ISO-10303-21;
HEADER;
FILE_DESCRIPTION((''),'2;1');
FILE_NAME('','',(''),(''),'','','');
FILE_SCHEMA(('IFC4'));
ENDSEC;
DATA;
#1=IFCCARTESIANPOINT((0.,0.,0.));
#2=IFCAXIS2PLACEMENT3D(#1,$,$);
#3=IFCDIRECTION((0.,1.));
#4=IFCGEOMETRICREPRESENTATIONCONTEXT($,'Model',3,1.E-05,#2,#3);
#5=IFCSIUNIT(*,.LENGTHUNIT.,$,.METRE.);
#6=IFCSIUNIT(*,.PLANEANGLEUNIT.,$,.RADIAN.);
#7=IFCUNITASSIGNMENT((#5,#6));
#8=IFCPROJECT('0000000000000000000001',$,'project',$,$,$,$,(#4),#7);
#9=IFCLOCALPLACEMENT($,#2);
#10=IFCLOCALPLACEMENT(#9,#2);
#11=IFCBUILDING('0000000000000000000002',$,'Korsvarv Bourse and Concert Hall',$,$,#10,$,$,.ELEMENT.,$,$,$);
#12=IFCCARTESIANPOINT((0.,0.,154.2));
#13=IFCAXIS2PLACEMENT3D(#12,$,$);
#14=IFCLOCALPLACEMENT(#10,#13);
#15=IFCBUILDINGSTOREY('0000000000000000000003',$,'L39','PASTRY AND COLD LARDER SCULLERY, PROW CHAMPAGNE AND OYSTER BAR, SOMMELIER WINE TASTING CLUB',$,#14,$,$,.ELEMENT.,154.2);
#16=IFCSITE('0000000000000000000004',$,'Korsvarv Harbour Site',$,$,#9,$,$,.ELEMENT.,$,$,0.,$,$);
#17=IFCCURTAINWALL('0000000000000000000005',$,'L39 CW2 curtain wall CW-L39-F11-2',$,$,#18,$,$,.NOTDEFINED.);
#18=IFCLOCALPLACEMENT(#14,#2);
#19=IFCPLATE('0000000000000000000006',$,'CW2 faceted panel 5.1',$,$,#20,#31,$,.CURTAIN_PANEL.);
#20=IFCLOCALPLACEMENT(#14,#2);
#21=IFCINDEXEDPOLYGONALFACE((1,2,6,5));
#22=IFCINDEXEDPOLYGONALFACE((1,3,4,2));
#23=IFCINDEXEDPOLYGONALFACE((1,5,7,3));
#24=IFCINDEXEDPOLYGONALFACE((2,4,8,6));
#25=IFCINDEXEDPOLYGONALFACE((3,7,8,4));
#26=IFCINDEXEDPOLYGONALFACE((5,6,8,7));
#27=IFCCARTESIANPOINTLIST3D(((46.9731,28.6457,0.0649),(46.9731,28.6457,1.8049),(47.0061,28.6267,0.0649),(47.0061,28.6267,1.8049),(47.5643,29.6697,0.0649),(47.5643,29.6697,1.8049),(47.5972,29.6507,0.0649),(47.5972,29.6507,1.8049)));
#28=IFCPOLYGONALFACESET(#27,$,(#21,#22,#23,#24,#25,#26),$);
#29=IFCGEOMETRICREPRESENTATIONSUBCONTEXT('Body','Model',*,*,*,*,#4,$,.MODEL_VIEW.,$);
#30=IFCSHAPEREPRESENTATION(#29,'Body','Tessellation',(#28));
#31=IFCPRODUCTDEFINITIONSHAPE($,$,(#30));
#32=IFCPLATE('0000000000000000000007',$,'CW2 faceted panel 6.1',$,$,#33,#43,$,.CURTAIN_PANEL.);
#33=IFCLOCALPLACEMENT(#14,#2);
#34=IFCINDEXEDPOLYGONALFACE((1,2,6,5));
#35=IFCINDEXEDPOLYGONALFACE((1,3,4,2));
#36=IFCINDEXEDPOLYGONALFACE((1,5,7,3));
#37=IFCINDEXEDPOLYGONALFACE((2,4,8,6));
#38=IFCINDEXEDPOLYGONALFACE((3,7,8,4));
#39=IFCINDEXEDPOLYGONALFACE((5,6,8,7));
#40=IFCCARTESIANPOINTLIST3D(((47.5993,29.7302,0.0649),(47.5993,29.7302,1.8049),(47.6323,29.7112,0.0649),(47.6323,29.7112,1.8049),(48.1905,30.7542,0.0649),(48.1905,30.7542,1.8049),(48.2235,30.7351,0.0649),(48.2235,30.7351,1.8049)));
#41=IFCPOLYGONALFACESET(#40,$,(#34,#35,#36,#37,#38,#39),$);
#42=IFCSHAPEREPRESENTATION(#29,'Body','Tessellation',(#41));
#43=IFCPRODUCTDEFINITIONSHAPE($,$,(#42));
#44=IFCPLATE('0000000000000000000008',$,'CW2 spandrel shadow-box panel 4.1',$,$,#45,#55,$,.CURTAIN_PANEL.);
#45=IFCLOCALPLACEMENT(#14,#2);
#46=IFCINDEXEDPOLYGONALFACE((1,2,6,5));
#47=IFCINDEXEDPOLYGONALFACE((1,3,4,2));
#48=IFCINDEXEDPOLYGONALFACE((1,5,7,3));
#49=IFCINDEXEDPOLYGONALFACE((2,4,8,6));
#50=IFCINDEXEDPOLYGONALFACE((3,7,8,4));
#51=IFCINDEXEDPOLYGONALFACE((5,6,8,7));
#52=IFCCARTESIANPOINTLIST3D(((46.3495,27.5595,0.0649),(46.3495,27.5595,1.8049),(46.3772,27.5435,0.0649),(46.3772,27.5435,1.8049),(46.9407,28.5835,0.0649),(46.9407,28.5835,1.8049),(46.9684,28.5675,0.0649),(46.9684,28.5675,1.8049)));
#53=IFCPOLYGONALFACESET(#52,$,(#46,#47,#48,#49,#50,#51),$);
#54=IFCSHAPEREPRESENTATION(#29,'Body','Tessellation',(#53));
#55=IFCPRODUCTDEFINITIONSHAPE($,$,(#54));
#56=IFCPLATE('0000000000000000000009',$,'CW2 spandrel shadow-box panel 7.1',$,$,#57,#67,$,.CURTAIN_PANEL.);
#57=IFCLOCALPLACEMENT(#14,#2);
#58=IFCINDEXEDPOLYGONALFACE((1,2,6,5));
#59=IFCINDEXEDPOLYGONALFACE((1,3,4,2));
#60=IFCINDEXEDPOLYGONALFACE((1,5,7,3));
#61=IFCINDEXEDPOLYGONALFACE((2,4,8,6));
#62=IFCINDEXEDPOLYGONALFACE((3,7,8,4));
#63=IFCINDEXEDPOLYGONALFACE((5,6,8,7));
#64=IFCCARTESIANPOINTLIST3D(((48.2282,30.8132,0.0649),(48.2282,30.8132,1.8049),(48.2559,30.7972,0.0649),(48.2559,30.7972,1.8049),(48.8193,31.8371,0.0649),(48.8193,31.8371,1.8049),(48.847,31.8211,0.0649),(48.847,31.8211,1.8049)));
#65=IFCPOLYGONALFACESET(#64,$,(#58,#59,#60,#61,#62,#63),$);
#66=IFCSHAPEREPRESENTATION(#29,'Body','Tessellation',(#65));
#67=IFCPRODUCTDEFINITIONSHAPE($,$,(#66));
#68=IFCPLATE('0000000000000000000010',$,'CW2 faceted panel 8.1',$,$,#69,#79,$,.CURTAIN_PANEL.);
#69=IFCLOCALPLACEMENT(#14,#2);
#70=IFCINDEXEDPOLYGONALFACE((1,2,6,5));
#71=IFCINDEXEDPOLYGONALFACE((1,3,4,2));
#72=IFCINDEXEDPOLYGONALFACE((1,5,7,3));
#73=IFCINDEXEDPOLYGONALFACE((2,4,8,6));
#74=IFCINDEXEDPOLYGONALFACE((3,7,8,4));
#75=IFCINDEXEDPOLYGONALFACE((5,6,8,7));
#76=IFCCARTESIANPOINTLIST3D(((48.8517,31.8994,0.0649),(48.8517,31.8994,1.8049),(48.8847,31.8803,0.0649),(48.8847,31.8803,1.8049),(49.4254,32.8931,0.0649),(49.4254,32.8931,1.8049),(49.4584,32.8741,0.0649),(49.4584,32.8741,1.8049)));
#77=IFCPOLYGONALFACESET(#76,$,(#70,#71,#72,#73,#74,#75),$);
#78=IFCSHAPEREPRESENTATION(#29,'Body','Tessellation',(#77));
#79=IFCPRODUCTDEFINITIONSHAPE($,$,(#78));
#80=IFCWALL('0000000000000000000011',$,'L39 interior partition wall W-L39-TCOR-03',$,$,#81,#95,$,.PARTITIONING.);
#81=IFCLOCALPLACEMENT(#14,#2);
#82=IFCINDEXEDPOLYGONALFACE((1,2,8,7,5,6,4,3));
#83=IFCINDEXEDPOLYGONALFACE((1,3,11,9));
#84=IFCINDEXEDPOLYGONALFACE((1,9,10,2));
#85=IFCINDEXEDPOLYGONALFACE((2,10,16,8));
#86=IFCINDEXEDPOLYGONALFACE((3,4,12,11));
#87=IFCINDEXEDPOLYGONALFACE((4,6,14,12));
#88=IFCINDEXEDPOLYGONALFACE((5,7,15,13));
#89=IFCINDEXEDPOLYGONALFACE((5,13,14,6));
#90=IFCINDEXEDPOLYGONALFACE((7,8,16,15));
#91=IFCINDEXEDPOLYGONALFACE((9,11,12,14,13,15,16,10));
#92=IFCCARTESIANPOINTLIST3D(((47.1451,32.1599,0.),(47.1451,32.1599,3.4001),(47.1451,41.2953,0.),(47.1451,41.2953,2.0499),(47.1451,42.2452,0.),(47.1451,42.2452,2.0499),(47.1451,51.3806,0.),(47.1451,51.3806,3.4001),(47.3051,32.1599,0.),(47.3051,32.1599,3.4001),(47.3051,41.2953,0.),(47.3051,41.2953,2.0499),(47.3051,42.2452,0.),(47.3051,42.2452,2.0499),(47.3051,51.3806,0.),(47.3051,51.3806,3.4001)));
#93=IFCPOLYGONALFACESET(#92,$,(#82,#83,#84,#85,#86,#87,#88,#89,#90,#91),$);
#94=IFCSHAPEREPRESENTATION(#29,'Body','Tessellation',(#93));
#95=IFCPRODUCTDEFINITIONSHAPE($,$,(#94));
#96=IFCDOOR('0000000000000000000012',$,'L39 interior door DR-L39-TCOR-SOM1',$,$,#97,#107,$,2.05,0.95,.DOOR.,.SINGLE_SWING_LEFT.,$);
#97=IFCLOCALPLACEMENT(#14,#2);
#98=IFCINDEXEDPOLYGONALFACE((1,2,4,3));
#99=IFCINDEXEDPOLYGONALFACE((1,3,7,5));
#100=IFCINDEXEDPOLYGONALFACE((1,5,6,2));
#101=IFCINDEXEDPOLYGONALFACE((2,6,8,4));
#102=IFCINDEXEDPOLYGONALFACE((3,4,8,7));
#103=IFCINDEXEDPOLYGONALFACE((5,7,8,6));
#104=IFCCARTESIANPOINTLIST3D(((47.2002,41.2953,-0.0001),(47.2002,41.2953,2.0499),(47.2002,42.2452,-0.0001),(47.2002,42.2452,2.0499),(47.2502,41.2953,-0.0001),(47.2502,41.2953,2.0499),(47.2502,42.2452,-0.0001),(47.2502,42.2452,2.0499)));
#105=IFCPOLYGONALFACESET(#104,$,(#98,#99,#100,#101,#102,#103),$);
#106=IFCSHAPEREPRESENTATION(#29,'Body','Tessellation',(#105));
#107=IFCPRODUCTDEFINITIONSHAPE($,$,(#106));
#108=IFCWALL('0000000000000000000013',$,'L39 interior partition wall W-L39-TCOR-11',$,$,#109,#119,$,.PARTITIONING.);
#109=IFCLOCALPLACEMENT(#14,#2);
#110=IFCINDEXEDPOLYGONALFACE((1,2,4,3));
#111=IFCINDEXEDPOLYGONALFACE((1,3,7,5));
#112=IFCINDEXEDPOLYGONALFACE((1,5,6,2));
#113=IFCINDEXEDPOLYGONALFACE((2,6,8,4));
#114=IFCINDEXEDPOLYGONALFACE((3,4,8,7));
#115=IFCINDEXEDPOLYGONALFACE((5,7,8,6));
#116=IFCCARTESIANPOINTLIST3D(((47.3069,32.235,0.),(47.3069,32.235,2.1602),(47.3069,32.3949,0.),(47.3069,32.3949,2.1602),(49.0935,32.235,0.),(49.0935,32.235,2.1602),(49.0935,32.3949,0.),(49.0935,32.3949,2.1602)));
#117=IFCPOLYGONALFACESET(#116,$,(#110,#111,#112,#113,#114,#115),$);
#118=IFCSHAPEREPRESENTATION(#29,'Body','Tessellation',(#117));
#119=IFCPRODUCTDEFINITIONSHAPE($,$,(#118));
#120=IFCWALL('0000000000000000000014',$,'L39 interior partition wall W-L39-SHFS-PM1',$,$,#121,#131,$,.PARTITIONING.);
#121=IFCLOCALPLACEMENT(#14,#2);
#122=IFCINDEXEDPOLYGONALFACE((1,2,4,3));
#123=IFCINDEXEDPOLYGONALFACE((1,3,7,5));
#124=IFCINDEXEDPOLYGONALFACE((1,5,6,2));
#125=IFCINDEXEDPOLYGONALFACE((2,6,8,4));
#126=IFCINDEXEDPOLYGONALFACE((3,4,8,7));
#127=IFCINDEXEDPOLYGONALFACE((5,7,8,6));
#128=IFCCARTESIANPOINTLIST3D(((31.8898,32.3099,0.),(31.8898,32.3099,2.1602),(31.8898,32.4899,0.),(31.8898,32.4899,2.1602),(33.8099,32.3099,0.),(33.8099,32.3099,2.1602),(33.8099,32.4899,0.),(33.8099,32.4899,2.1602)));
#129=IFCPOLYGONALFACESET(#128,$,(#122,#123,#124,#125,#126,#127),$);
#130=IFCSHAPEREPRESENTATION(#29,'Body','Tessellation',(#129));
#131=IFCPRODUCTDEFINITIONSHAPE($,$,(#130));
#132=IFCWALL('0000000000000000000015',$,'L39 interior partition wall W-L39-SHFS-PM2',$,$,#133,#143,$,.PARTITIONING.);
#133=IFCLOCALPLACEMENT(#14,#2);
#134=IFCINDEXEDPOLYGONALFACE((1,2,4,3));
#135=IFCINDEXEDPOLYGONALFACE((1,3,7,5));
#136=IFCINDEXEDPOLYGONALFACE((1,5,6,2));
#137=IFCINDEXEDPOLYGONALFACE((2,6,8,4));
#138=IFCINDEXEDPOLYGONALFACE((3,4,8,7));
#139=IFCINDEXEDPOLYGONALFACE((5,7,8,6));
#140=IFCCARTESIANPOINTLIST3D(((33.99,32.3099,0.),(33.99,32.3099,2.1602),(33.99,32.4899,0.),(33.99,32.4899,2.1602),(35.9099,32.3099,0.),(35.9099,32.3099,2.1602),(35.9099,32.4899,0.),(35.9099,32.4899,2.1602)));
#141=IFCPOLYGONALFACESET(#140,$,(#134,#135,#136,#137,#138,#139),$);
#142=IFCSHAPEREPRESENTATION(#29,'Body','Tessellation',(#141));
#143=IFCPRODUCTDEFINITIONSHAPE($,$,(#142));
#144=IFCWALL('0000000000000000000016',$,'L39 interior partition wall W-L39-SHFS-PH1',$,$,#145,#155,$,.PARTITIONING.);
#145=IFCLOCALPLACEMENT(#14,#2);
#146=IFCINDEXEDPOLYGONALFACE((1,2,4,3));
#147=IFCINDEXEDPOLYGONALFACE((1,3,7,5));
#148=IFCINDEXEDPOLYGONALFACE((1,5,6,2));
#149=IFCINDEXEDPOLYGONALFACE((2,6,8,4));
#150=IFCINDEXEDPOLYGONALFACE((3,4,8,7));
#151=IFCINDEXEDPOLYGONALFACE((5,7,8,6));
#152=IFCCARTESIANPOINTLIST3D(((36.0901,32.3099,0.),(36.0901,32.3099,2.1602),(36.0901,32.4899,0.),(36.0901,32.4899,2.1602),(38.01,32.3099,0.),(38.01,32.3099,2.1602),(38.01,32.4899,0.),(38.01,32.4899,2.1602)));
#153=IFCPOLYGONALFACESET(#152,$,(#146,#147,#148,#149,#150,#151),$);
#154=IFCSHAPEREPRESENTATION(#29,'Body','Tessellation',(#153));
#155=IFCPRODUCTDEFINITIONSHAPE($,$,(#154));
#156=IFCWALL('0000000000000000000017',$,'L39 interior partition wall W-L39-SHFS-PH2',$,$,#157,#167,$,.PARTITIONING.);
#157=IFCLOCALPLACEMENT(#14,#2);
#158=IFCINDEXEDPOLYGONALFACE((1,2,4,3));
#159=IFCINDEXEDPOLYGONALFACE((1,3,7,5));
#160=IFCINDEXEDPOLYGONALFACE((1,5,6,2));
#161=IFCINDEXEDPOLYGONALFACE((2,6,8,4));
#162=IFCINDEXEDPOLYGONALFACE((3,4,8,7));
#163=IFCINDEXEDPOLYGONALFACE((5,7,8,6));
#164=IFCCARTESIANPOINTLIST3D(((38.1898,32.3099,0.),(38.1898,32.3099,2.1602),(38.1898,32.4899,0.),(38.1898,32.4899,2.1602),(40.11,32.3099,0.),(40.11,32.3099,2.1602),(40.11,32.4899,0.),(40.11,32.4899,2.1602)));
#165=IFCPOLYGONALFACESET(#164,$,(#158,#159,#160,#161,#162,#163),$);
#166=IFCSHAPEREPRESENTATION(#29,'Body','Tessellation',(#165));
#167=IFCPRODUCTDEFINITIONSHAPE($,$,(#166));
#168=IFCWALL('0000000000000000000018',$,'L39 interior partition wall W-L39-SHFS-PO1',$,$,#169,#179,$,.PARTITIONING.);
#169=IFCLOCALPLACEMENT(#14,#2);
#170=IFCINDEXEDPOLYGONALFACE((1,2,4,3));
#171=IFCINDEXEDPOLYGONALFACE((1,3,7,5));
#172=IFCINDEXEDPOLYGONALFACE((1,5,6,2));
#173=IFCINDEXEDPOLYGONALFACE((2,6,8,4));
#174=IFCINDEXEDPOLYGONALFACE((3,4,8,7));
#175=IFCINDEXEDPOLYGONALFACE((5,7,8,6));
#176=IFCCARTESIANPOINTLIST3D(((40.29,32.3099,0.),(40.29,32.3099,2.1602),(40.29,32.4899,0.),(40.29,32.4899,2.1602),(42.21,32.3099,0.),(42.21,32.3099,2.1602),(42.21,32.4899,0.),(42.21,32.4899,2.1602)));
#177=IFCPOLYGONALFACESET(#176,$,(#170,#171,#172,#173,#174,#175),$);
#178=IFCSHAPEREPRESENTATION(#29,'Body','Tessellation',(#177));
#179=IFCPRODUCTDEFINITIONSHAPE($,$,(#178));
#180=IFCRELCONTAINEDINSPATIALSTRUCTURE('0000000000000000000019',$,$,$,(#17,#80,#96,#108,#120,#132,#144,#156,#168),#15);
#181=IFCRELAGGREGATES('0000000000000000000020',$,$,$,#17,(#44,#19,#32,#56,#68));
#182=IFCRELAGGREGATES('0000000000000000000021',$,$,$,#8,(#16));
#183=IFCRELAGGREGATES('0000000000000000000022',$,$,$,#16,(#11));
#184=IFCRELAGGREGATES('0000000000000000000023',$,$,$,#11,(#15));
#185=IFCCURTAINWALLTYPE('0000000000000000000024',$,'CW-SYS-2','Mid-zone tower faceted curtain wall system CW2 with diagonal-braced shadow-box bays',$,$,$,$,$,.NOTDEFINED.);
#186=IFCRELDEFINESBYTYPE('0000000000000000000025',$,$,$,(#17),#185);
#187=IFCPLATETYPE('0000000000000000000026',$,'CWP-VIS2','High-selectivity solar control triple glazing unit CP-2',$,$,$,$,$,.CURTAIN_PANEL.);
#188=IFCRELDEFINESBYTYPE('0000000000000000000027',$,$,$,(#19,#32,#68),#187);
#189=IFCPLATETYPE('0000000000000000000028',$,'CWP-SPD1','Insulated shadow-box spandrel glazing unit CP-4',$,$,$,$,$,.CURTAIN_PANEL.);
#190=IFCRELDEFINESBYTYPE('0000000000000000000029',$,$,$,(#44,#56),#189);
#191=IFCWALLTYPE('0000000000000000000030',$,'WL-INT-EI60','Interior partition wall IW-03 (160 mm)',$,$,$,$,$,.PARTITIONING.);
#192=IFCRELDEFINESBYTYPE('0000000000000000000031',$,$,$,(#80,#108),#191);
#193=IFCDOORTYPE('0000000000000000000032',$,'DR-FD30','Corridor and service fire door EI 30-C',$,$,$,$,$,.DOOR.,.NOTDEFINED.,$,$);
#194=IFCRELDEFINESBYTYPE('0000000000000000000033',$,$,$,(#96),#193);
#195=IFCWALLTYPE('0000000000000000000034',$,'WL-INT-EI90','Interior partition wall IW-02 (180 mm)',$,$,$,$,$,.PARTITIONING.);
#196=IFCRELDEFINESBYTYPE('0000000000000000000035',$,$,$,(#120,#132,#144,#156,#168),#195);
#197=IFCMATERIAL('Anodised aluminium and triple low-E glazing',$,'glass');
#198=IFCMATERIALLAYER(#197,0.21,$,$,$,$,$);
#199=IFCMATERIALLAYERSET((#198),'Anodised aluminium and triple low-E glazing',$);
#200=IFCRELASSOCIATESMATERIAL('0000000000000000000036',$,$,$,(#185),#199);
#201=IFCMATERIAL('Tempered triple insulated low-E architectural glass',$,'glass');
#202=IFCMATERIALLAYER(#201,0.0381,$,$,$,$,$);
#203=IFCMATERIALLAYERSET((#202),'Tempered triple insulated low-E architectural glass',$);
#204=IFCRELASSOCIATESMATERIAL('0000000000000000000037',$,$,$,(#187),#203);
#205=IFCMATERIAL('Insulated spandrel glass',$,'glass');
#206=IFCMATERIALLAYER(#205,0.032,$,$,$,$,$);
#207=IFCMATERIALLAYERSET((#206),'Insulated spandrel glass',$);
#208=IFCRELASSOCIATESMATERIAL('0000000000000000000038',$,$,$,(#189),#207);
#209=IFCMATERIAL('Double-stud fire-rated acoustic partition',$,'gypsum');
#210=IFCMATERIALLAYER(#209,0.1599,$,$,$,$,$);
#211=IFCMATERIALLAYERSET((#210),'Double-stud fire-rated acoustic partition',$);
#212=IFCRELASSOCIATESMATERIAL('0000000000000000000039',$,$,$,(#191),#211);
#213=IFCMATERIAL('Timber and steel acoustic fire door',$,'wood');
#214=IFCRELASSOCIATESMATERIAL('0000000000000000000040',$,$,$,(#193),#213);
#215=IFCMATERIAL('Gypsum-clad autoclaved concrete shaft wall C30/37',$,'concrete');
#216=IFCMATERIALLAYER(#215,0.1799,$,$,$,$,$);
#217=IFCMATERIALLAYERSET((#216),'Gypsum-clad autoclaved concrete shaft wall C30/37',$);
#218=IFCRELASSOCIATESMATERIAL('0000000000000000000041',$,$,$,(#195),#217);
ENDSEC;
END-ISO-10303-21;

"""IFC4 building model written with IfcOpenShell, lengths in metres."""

from ifc_helpers import new_model, si_unit, direction, frame, frame_2d, origin, origin_2d, place, context, subcontext, project, spatial, rectangle, extrude, source, transform, mapped, material, layer, layer_set, type_object, element, fill, aggregate, save


model = new_model("IFC4")

# Units and contexts
model_context = context("Model", 3, precision=1e-05, world=origin(), true_north=direction((0.0, 1.0)))
body_context = subcontext(model_context, "Body", "Model", "MODEL_VIEW")
ifc_project = project(units=[si_unit("LENGTHUNIT", "METRE"), si_unit("PLANEANGLEUNIT", "RADIAN")], contexts=[model_context])

# Site, building, storey
site_placement = place(None, origin())
site = spatial("IfcSite", under=ifc_project, at=site_placement, Name="Korsvarv Harbour Site", CompositionType="ELEMENT", RefElevation=0.0)
building_placement = place(site_placement, origin())
building = spatial("IfcBuilding", under=site, at=building_placement, Name="Korsvarv Bourse and Concert Hall", CompositionType="ELEMENT")
storey_placement = place(building_placement, frame((0.0, 0.0, 154.2)))
storey = spatial("IfcBuildingStorey", under=building, at=storey_placement, Name="L39", Description="PASTRY AND COLD LARDER SCULLERY, PROW CHAMPAGNE AND OYSTER BAR, SOMMELIER WINE TASTING CLUB", CompositionType="ELEMENT", Elevation=154.2)

# Curtain wall, plates
ifc_material_1 = material(Name="Anodised aluminium and triple low-E glazing", Category="glass")
ifc_layer_1 = layer(ifc_material_1, 0.21)
ifc_layer_set_1 = layer_set([ifc_layer_1], Name="Anodised aluminium and triple low-E glazing")
curtain_wall_type = type_object("IfcCurtainWallType", Name="CW-SYS-2", Description="Mid-zone tower faceted curtain wall system CW2 with diagonal-braced shadow-box bays", PredefinedType="NOTDEFINED", material=ifc_layer_set_1)
curtain_wall_placement = place(storey_placement, origin())
curtain_wall = element("IfcCurtainWall", 1, at=curtain_wall_placement, inside=storey, type_object=curtain_wall_type, Name="L39 CW2 curtain wall CW-L39-F11-2", PredefinedType="NOTDEFINED")
ifc_material_2 = material(Name="Tempered triple insulated low-E architectural glass", Category="glass")
ifc_layer_2 = layer(ifc_material_2, 0.0381)
ifc_layer_set_2 = layer_set([ifc_layer_2], Name="Tempered triple insulated low-E architectural glass")
plate_type_1 = type_object("IfcPlateType", Name="CWP-VIS2", Description="High-selectivity solar control triple glazing unit CP-2", PredefinedType="CURTAIN_PANEL", material=ifc_layer_set_2)
shared_shape_1 = source(origin(), body_context, "Body", "SweptSolid", [
    extrude(rectangle(XDim=1.1824, YDim=0.0381, at=origin_2d()), origin(), (0.0, 0.0, 1.0), 1.74),
])
plate_1_placement = place(storey_placement, frame((47.2852, 29.1482, 0.0649), z_axis=(0.0, 0.0, 1.0), x_axis=(0.500005, 0.866023, 0.0)))
plate_1 = element("IfcPlate", 2, at=plate_1_placement, type_object=plate_type_1, Name="CW2 faceted panel 5.1", PredefinedType="CURTAIN_PANEL", context=body_context, shape_type="MappedRepresentation", body=[
    mapped(shared_shape_1, transform((0.0, 0.0, 0.0), scale=1.0)),
])
plate_2_placement = place(storey_placement, frame((47.9114, 30.2327, 0.0649), z_axis=(0.0, 0.0, 1.0), x_axis=(0.500005, 0.866023, 0.0)))
plate_2 = element("IfcPlate", 3, at=plate_2_placement, type_object=plate_type_1, Name="CW2 faceted panel 6.1", PredefinedType="CURTAIN_PANEL", context=body_context, shape_type="MappedRepresentation", body=[
    mapped(shared_shape_1, transform((0.0, 0.0, 0.0), scale=1.0)),
])
ifc_material_3 = material(Name="Insulated spandrel glass", Category="glass")
ifc_layer_3 = layer(ifc_material_3, 0.032)
ifc_layer_set_3 = layer_set([ifc_layer_3], Name="Insulated spandrel glass")
plate_type_2 = type_object("IfcPlateType", Name="CWP-SPD1", Description="Insulated shadow-box spandrel glazing unit CP-4", PredefinedType="CURTAIN_PANEL", material=ifc_layer_set_3)
shared_shape_2 = source(origin(), body_context, "Body", "SweptSolid", [
    extrude(rectangle(XDim=1.1824, YDim=0.032, at=origin_2d()), origin(), (0.0, 0.0, 1.0), 1.74),
])
plate_3_placement = place(storey_placement, frame((46.6589, 28.0635, 0.0649), z_axis=(0.0, 0.0, 1.0), x_axis=(0.500005, 0.866023, 0.0)))
plate_3 = element("IfcPlate", 4, at=plate_3_placement, type_object=plate_type_2, Name="CW2 spandrel shadow-box panel 4.1", PredefinedType="CURTAIN_PANEL", context=body_context, shape_type="MappedRepresentation", body=[
    mapped(shared_shape_2, transform((0.0, 0.0, 0.0), scale=1.0)),
])
plate_4_placement = place(storey_placement, frame((48.5376, 31.3171, 0.0649), z_axis=(0.0, 0.0, 1.0), x_axis=(0.500005, 0.866023, 0.0)))
plate_4 = element("IfcPlate", 5, at=plate_4_placement, type_object=plate_type_2, Name="CW2 spandrel shadow-box panel 7.1", PredefinedType="CURTAIN_PANEL", context=body_context, shape_type="MappedRepresentation", body=[
    mapped(shared_shape_2, transform((0.0, 0.0, 0.0), scale=1.0)),
])
shared_shape_3 = source(origin(), body_context, "Body", "SweptSolid", [
    extrude(rectangle(XDim=1.1475, YDim=0.0381, at=origin_2d()), origin(), (0.0, 0.0, 1.0), 1.74),
])
plate_5_placement = place(storey_placement, frame((49.155, 32.3867, 0.0649), z_axis=(0.0, 0.0, 1.0), x_axis=(0.500005, 0.866023, 0.0)))
plate_5 = element("IfcPlate", 6, at=plate_5_placement, type_object=plate_type_1, Name="CW2 faceted panel 8.1", PredefinedType="CURTAIN_PANEL", context=body_context, shape_type="MappedRepresentation", body=[
    mapped(shared_shape_3, transform((0.0, 0.0, 0.0), scale=1.0)),
])
aggregate(curtain_wall, [plate_3, plate_1, plate_2, plate_4, plate_5])

# Wall, opening, door
ifc_material_4 = material(Name="Double-stud fire-rated acoustic partition", Category="gypsum")
ifc_layer_4 = layer(ifc_material_4, 0.1599)
ifc_layer_set_4 = layer_set([ifc_layer_4], Name="Double-stud fire-rated acoustic partition")
wall_type_1 = type_object("IfcWallType", Name="WL-INT-EI60", Description="Interior partition wall IW-03 (160 mm)", PredefinedType="PARTITIONING", material=ifc_layer_set_4)
wall_1_placement = place(storey_placement, frame((47.2251, 32.1599, 0.0), z_axis=(0.0, 0.0, 1.0), x_axis=(0.0, 1.0, 0.0)))
wall_1 = element("IfcWall", 7, at=wall_1_placement, inside=storey, type_object=wall_type_1, Name="L39 interior partition wall W-L39-TCOR-03", PredefinedType="PARTITIONING", context=body_context, shape_type="SweptSolid", body=[
    extrude(rectangle(XDim=19.2207, YDim=0.1599, at=frame_2d((9.6104, 0.0))), origin(), (0.0, 0.0, 1.0), 3.4001),
])
opening_placement = place(wall_1_placement, frame((9.1353, 0.0, 0.0)))
opening = element("IfcOpeningElement", 8, at=opening_placement, cuts=wall_1, PredefinedType="OPENING", context=body_context, shape_type="SweptSolid", body=[
    extrude(rectangle(XDim=0.95, YDim=2.05, at=frame_2d((0.4751, 1.0249))), frame((0.0, 0.0898, 0.0), z_axis=(0.0, -1.0, 0.0), x_axis=(1.0, 0.0, 0.0)), (0.0, 0.0, 1.0), 0.1799),
])
ifc_material_5 = material(Name="Timber and steel acoustic fire door", Category="wood")
door_type = type_object("IfcDoorType", Name="DR-FD30", Description="Corridor and service fire door EI 30-C", OperationType="NOTDEFINED", PredefinedType="DOOR", material=ifc_material_5)
door_placement = place(opening_placement, origin())
door = element("IfcDoor", 9, at=door_placement, inside=storey, type_object=door_type, Name="L39 interior door DR-L39-TCOR-SOM1", OperationType="SINGLE_SWING_LEFT", OverallHeight=2.05, OverallWidth=0.95, PredefinedType="DOOR", context=body_context, shape_type="SweptSolid", body=[
    extrude(rectangle(XDim=0.95, YDim=2.05, at=frame_2d((0.4751, 1.0249))), frame((0.0, 0.0249, 0.0), z_axis=(0.0, -1.0, 0.0), x_axis=(1.0, 0.0, 0.0)), (0.0, 0.0, 1.0), 0.05),
])
fill(opening, door)

# Walls
wall_2_placement = place(storey_placement, frame((47.3069, 32.3149, 0.0), z_axis=(0.0, 0.0, 1.0), x_axis=(1.0, 0.0, 0.0)))
element("IfcWall", 10, at=wall_2_placement, inside=storey, type_object=wall_type_1, Name="L39 interior partition wall W-L39-TCOR-11", PredefinedType="PARTITIONING", context=body_context, shape_type="SweptSolid", body=[
    extrude(rectangle(XDim=1.7866, YDim=0.1599, at=frame_2d((0.8933, 0.0))), origin(), (0.0, 0.0, 1.0), 2.1602),
])
ifc_material_6 = material(Name="Gypsum-clad autoclaved concrete shaft wall C30/37", Category="concrete")
ifc_layer_5 = layer(ifc_material_6, 0.1799)
ifc_layer_set_5 = layer_set([ifc_layer_5], Name="Gypsum-clad autoclaved concrete shaft wall C30/37")
wall_type_2 = type_object("IfcWallType", Name="WL-INT-EI90", Description="Interior partition wall IW-02 (180 mm)", PredefinedType="PARTITIONING", material=ifc_layer_set_5)
wall_3_placement = place(storey_placement, frame((31.8899, 32.3999, 0.0), z_axis=(0.0, 0.0, 1.0), x_axis=(1.0, 0.0, 0.0)))
element("IfcWall", 11, at=wall_3_placement, inside=storey, type_object=wall_type_2, Name="L39 interior partition wall W-L39-SHFS-PM1", PredefinedType="PARTITIONING", context=body_context, shape_type="SweptSolid", body=[
    extrude(rectangle(XDim=1.9202, YDim=0.1799, at=frame_2d((0.96, 0.0))), origin(), (0.0, 0.0, 1.0), 2.1602),
])
for number, where, z_axis, x_axis, name in (
    (12, (33.99, 32.3999, 0.0), (0.0, 0.0, 1.0), (1.0, 0.0, 0.0), "L39 interior partition wall W-L39-SHFS-PM2"),
    (13, (36.0901, 32.3999, 0.0), (0.0, 0.0, 1.0), (1.0, 0.0, 0.0), "L39 interior partition wall W-L39-SHFS-PH1"),
):
    element("IfcWall", number, at=place(storey_placement, frame(where, z_axis=z_axis, x_axis=x_axis)), inside=storey, type_object=wall_type_2, Name=name, PredefinedType="PARTITIONING", context=body_context, shape_type="SweptSolid", body=[
        extrude(rectangle(XDim=1.9199, YDim=0.1799, at=frame_2d((0.96, 0.0))), origin(), (0.0, 0.0, 1.0), 2.1602),
    ])
wall_4_placement = place(storey_placement, frame((38.1899, 32.3999, 0.0), z_axis=(0.0, 0.0, 1.0), x_axis=(1.0, 0.0, 0.0)))
element("IfcWall", 14, at=wall_4_placement, inside=storey, type_object=wall_type_2, Name="L39 interior partition wall W-L39-SHFS-PH2", PredefinedType="PARTITIONING", context=body_context, shape_type="SweptSolid", body=[
    extrude(rectangle(XDim=1.9202, YDim=0.1799, at=frame_2d((0.96, 0.0))), origin(), (0.0, 0.0, 1.0), 2.1602),
])
wall_5_placement = place(storey_placement, frame((40.29, 32.3999, 0.0), z_axis=(0.0, 0.0, 1.0), x_axis=(1.0, 0.0, 0.0)))
element("IfcWall", 15, at=wall_5_placement, inside=storey, type_object=wall_type_2, Name="L39 interior partition wall W-L39-SHFS-PO1", PredefinedType="PARTITIONING", context=body_context, shape_type="SweptSolid", body=[
    extrude(rectangle(XDim=1.9199, YDim=0.1799, at=frame_2d((0.96, 0.0))), origin(), (0.0, 0.0, 1.0), 2.1602),
])

save(model, "model.ifc")
